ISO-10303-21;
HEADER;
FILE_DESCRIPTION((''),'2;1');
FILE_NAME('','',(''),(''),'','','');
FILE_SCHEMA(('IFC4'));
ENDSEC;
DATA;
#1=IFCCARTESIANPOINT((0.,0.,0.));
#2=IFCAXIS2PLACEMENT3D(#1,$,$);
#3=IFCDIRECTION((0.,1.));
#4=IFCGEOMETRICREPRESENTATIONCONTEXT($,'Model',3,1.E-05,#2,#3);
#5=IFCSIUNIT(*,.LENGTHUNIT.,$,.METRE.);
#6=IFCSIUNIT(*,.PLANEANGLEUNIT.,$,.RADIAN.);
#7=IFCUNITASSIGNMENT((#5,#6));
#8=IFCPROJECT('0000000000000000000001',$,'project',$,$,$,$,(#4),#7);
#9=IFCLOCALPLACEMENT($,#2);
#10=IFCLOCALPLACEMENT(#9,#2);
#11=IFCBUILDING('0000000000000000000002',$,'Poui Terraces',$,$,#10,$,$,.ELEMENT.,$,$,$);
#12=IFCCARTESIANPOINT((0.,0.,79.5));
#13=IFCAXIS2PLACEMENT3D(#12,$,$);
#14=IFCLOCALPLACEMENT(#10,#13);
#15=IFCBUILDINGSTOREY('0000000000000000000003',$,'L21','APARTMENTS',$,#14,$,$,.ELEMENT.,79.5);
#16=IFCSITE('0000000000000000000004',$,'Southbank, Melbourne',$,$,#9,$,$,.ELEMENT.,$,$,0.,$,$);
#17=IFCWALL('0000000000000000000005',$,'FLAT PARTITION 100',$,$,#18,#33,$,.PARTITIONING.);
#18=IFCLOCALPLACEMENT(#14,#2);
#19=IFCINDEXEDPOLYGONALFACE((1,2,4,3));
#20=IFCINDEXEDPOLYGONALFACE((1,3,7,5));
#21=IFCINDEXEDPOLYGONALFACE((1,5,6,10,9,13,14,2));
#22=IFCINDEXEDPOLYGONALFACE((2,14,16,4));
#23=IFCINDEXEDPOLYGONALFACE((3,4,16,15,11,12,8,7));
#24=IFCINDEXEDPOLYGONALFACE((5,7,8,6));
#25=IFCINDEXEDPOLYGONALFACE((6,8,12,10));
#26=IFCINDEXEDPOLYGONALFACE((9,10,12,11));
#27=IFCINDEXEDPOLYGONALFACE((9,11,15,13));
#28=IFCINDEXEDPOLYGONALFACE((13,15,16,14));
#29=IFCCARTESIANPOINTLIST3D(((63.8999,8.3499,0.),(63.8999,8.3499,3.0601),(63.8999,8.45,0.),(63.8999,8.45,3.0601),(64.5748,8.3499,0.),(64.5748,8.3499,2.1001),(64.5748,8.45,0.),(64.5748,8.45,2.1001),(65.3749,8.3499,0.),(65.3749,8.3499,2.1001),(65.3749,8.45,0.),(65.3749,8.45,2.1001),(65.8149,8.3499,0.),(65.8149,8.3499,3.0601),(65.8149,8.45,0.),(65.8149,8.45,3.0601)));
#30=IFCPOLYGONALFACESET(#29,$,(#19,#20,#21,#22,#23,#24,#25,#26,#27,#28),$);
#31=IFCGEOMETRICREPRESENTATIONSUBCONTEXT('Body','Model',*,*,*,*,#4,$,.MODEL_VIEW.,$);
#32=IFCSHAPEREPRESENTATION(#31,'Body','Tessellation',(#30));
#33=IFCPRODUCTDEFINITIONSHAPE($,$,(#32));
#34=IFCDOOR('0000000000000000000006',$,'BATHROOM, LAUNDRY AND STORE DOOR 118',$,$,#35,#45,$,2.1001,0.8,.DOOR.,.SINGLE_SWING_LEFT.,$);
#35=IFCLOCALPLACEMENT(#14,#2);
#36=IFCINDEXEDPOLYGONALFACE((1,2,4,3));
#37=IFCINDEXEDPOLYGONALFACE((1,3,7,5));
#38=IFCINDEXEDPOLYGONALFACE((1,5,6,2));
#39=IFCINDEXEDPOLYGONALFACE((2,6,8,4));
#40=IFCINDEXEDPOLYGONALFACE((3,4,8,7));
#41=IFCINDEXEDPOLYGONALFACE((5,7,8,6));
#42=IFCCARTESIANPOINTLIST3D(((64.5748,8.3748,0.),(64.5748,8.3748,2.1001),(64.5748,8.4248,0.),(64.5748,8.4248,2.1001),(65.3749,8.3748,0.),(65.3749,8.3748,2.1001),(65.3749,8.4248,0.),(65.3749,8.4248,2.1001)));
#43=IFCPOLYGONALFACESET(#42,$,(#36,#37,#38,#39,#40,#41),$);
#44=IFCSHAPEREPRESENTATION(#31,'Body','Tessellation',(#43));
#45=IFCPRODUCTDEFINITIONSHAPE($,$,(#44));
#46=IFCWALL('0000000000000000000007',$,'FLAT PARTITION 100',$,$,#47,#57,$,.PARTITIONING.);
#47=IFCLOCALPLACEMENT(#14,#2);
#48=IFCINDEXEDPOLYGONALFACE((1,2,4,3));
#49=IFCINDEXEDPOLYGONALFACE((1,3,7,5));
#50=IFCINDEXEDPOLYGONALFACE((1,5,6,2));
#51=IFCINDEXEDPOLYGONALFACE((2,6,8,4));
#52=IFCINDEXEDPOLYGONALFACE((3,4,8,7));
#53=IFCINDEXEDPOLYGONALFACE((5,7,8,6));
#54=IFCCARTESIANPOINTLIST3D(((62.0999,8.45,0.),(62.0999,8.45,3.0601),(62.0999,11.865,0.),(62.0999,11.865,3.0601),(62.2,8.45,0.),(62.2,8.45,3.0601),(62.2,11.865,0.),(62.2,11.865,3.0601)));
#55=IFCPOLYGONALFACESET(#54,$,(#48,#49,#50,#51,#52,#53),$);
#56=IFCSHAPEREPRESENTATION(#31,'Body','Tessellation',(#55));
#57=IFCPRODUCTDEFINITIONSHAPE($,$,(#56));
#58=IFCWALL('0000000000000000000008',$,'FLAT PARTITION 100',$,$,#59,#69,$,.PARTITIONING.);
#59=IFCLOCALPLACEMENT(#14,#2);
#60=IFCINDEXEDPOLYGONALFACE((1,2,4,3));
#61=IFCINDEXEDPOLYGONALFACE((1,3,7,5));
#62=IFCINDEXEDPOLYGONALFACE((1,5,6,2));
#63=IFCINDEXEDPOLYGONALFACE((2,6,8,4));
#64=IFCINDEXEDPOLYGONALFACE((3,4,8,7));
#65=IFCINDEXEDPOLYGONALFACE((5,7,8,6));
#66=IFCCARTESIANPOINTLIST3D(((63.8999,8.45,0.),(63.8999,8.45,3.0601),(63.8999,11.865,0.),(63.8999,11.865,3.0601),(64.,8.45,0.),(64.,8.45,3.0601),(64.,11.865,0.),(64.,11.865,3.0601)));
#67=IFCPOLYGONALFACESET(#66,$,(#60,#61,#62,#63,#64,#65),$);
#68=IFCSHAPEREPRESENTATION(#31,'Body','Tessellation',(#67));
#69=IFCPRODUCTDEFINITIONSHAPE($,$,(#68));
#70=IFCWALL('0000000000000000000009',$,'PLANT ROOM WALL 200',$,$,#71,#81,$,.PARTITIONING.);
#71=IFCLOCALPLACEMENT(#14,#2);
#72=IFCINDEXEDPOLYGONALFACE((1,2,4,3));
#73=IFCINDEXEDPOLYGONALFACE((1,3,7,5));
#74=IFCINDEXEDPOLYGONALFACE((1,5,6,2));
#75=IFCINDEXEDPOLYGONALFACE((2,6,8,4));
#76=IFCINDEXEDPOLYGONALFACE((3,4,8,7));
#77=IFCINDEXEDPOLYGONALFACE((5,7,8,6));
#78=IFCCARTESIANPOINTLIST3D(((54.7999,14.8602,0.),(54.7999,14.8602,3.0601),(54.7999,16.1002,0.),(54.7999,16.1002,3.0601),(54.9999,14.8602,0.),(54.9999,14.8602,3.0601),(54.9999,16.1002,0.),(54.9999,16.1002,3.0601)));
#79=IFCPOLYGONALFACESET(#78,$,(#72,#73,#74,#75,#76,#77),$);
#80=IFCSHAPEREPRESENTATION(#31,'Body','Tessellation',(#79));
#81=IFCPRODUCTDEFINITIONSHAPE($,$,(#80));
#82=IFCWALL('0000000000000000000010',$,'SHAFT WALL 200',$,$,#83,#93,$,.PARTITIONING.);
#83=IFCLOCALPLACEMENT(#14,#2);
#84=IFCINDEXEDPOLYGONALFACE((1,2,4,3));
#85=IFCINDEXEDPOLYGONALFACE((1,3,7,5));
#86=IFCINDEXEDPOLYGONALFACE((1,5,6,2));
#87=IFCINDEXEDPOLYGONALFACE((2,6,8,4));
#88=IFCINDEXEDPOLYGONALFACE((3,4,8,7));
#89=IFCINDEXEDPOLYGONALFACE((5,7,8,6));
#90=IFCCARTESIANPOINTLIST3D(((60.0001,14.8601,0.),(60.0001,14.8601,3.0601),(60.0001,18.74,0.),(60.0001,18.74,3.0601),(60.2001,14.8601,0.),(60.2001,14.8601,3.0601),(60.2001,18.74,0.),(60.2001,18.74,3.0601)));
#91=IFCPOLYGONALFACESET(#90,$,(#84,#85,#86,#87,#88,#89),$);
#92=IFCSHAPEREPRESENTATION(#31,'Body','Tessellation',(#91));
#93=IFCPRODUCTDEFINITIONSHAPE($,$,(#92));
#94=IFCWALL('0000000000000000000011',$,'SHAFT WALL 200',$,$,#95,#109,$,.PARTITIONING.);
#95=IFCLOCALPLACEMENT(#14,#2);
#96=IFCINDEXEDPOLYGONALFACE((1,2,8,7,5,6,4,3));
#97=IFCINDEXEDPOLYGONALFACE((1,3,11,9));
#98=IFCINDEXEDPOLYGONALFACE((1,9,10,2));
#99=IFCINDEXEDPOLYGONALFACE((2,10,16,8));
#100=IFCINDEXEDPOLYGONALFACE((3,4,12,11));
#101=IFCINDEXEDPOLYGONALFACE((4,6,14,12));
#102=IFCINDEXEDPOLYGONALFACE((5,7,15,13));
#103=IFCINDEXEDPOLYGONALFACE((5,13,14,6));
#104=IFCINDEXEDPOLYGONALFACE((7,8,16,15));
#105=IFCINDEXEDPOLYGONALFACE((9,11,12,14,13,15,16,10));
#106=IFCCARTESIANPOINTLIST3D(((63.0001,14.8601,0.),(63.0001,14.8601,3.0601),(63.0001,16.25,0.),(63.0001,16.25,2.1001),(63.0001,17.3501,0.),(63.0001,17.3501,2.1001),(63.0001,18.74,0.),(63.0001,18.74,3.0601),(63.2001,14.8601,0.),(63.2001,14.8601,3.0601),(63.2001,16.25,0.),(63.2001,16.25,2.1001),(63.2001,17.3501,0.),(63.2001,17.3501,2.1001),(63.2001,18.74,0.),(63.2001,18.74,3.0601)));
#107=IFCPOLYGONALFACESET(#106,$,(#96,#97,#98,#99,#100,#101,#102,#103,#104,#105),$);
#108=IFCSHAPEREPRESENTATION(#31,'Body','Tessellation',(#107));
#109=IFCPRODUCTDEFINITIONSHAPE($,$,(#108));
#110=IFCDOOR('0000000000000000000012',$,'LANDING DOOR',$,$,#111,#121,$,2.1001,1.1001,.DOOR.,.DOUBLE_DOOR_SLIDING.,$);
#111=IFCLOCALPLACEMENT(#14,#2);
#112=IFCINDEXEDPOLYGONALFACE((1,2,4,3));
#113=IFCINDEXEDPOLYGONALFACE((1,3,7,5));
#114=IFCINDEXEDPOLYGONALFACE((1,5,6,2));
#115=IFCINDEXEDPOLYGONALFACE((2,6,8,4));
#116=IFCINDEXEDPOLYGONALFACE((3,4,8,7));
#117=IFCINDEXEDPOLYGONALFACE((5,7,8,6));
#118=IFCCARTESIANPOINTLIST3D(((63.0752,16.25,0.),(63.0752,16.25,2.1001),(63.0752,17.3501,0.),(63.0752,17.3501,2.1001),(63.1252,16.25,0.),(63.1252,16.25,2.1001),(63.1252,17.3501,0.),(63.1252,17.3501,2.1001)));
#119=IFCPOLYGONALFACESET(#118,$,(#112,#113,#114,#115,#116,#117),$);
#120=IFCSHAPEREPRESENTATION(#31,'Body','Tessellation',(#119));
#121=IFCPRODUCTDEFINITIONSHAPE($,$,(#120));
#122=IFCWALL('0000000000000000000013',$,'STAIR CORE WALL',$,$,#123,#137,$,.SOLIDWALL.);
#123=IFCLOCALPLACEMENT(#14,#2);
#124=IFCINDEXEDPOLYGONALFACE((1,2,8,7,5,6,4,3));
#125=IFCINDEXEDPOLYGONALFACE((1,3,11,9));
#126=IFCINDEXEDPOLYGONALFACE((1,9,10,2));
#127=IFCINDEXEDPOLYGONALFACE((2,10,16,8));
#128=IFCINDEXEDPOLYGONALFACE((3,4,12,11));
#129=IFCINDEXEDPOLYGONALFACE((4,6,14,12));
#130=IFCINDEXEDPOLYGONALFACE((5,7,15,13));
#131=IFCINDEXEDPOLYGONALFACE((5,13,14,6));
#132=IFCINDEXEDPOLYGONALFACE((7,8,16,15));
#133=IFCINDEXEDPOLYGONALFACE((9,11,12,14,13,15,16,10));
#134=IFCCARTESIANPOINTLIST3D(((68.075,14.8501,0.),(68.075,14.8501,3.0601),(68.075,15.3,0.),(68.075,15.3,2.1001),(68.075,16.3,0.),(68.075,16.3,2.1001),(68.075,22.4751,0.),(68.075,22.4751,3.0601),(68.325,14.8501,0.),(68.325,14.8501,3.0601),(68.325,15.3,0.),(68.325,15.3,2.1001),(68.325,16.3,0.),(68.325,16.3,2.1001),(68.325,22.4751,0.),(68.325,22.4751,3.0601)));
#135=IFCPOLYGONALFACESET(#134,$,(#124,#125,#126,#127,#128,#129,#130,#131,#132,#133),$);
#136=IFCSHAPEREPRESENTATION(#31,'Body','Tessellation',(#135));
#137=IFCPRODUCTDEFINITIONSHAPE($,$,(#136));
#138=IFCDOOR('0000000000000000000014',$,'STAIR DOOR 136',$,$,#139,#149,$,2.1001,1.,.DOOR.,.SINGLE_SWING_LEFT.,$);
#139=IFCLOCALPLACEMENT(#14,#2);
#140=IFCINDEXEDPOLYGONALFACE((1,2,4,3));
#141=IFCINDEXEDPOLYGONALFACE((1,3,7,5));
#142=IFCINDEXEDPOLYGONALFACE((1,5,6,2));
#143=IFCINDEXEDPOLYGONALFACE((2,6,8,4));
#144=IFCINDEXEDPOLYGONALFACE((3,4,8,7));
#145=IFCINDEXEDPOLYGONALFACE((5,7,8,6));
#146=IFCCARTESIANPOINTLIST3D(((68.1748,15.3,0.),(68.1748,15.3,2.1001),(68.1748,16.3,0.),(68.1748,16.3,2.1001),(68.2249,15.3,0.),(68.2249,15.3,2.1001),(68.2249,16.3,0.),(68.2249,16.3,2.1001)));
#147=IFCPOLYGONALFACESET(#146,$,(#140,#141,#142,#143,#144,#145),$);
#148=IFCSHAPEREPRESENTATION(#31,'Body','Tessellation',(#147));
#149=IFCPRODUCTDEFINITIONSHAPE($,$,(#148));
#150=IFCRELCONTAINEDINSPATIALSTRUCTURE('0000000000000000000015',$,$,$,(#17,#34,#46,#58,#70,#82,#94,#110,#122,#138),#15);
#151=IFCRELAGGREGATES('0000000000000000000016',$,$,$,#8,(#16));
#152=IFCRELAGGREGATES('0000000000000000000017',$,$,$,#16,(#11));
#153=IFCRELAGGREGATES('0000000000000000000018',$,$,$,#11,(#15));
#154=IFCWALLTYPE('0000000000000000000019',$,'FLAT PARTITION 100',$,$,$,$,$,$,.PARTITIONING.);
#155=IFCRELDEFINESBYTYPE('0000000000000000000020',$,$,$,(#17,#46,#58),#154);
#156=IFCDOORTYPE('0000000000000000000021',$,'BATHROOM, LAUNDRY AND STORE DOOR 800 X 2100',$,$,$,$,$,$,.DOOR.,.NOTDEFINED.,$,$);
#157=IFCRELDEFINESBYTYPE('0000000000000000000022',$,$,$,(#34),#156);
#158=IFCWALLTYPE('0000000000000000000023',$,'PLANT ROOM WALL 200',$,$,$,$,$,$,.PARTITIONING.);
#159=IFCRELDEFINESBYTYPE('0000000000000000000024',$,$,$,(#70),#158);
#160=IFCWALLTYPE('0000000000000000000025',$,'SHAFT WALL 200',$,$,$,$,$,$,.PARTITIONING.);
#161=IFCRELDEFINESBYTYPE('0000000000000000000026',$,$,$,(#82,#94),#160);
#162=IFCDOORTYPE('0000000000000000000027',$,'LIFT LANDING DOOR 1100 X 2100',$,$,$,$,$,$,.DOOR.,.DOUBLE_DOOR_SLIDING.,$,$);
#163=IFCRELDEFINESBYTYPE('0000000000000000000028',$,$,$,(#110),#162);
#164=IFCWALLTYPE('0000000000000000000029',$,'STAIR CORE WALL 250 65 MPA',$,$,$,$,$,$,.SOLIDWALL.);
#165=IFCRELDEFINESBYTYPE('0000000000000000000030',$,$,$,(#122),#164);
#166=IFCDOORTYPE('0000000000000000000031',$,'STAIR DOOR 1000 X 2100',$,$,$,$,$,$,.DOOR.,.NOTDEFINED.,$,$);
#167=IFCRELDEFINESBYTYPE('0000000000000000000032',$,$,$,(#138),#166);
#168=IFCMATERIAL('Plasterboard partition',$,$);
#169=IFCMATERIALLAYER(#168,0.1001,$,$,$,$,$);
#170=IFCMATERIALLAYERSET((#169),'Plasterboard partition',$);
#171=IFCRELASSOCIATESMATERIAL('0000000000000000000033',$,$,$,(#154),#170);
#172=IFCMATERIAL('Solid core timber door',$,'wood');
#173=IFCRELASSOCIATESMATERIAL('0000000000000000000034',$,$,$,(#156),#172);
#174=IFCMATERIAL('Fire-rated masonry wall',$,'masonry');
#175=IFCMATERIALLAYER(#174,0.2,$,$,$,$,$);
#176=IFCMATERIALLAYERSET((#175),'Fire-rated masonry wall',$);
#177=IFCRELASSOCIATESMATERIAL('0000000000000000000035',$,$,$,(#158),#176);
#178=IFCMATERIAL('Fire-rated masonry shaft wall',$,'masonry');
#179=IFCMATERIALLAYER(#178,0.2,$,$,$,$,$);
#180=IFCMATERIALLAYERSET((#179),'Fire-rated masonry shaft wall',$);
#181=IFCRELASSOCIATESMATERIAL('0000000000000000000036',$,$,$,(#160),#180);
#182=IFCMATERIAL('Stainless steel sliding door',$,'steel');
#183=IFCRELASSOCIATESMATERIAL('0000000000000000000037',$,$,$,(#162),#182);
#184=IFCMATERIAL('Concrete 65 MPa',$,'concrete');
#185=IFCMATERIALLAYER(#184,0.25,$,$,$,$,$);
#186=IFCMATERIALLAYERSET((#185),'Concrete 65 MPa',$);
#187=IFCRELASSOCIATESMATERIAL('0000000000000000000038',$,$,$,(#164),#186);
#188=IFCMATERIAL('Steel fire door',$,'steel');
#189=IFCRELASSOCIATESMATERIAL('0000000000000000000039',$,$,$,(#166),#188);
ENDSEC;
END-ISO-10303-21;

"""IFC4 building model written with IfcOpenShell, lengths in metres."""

from ifc_helpers import new_model, si_unit, direction, frame, frame_2d, origin, place, context, subcontext, project, spatial, rectangle, extrude, material, layer, layer_set, type_object, element, fill, save


model = new_model("IFC4")

# Units and contexts
model_context = context("Model", 3, precision=1e-05, world=origin(), true_north=direction((0.0, 1.0)))
body_context = subcontext(model_context, "Body", "Model", "MODEL_VIEW")
ifc_project = project(units=[si_unit("LENGTHUNIT", "METRE"), si_unit("PLANEANGLEUNIT", "RADIAN")], contexts=[model_context])

# Site, building, storey
site_placement = place(None, origin())
site = spatial("IfcSite", under=ifc_project, at=site_placement, Name="Southbank, Melbourne", CompositionType="ELEMENT", RefElevation=0.0)
building_placement = place(site_placement, origin())
building = spatial("IfcBuilding", under=site, at=building_placement, Name="Poui Terraces", CompositionType="ELEMENT")
storey_placement = place(building_placement, frame((0.0, 0.0, 79.5)))
storey = spatial("IfcBuildingStorey", under=building, at=storey_placement, Name="L21", Description="APARTMENTS", CompositionType="ELEMENT", Elevation=79.5)

# Shared definitions
ifc_material_1 = material(Name="Concrete 65 MPa", Category="concrete")

# Wall, opening, door
ifc_material_2 = material(Name="Steel fire door", Category="steel")
ifc_material_3 = material(Name="Plasterboard partition")
ifc_layer_1 = layer(ifc_material_3, 0.1001)
ifc_layer_set_1 = layer_set([ifc_layer_1], Name="Plasterboard partition")
wall_type_1 = type_object("IfcWallType", Name="FLAT PARTITION 100", PredefinedType="PARTITIONING", material=ifc_layer_set_1)
ifc_material_4 = material(Name="Solid core timber door", Category="wood")
door_type_1 = type_object("IfcDoorType", Name="BATHROOM, LAUNDRY AND STORE DOOR 800 X 2100", OperationType="NOTDEFINED", PredefinedType="DOOR", material=ifc_material_4)
wall_1_placement = place(storey_placement, frame((63.8999, 8.3999, 0.0), z_axis=(0.0, 0.0, 1.0), x_axis=(1.0, 0.0, 0.0)))
wall_1 = element("IfcWall", 1, at=wall_1_placement, inside=storey, type_object=wall_type_1, Name="FLAT PARTITION 100", PredefinedType="PARTITIONING", context=body_context, shape_type="SweptSolid", body=[
    extrude(rectangle(XDim=1.915, YDim=0.1001, at=frame_2d((0.9575, 0.0))), origin(), (0.0, 0.0, 1.0), 3.0601),
])
opening_1_placement = place(wall_1_placement, frame((0.675, 0.0, 0.0)))
opening_1 = element("IfcOpeningElement", 2, at=opening_1_placement, cuts=wall_1, PredefinedType="OPENING", context=body_context, shape_type="SweptSolid", body=[
    extrude(rectangle(XDim=0.8, YDim=2.1001, at=frame_2d((0.3999, 1.05))), frame((0.0, 0.0601, 0.0), z_axis=(0.0, -1.0, 0.0), x_axis=(1.0, 0.0, 0.0)), (0.0, 0.0, 1.0), 0.1201),
])
door_1_placement = place(opening_1_placement, origin())
door_1 = element("IfcDoor", 3, at=door_1_placement, inside=storey, type_object=door_type_1, Name="BATHROOM, LAUNDRY AND STORE DOOR 118", OperationType="SINGLE_SWING_LEFT", OverallHeight=2.1001, OverallWidth=0.8, PredefinedType="DOOR", context=body_context, shape_type="SweptSolid", body=[
    extrude(rectangle(XDim=0.8, YDim=2.1001, at=frame_2d((0.3999, 1.05))), frame((0.0, 0.0249, 0.0), z_axis=(0.0, -1.0, 0.0), x_axis=(1.0, 0.0, 0.0)), (0.0, 0.0, 1.0), 0.05),
])
fill(opening_1, door_1)

# Walls
for number, where, z_axis, x_axis, name in (
    (4, (62.1499, 8.45, 0.0), (0.0, 0.0, 1.0), (0.0, 1.0, 0.0), "FLAT PARTITION 100"),
    (5, (63.95, 8.45, 0.0), (0.0, 0.0, 1.0), (0.0, 1.0, 0.0), "FLAT PARTITION 100"),
):
    element("IfcWall", number, at=place(storey_placement, frame(where, z_axis=z_axis, x_axis=x_axis)), inside=storey, type_object=wall_type_1, Name=name, PredefinedType="PARTITIONING", context=body_context, shape_type="SweptSolid", body=[
        extrude(rectangle(XDim=3.415, YDim=0.1001, at=frame_2d((1.7075, 0.0))), origin(), (0.0, 0.0, 1.0), 3.0601),
    ])
ifc_material_5 = material(Name="Fire-rated masonry wall", Category="masonry")
ifc_layer_2 = layer(ifc_material_5, 0.2)
ifc_layer_set_2 = layer_set([ifc_layer_2], Name="Fire-rated masonry wall")
wall_type_2 = type_object("IfcWallType", Name="PLANT ROOM WALL 200", PredefinedType="PARTITIONING", material=ifc_layer_set_2)
wall_2_placement = place(storey_placement, frame((54.8999, 14.8601, 0.0), z_axis=(0.0, 0.0, 1.0), x_axis=(0.0, 1.0, 0.0)))
element("IfcWall", 6, at=wall_2_placement, inside=storey, type_object=wall_type_2, Name="PLANT ROOM WALL 200", PredefinedType="PARTITIONING", context=body_context, shape_type="SweptSolid", body=[
    extrude(rectangle(XDim=1.24, YDim=0.2, at=frame_2d((0.6201, 0.0))), origin(), (0.0, 0.0, 1.0), 3.0601),
])
ifc_material_6 = material(Name="Fire-rated masonry shaft wall", Category="masonry")
ifc_layer_3 = layer(ifc_material_6, 0.2)
ifc_layer_set_3 = layer_set([ifc_layer_3], Name="Fire-rated masonry shaft wall")
wall_type_3 = type_object("IfcWallType", Name="SHAFT WALL 200", PredefinedType="PARTITIONING", material=ifc_layer_set_3)
wall_3_placement = place(storey_placement, frame((60.1001, 14.8601, 0.0), z_axis=(0.0, 0.0, 1.0), x_axis=(0.0, 1.0, 0.0)))
element("IfcWall", 7, at=wall_3_placement, inside=storey, type_object=wall_type_3, Name="SHAFT WALL 200", PredefinedType="PARTITIONING", context=body_context, shape_type="SweptSolid", body=[
    extrude(rectangle(XDim=3.8799, YDim=0.2, at=frame_2d((1.9399, 0.0))), origin(), (0.0, 0.0, 1.0), 3.0601),
])

# Walls, openings, doors
wall_4_placement = place(storey_placement, frame((63.1001, 14.8601, 0.0), z_axis=(0.0, 0.0, 1.0), x_axis=(0.0, 1.0, 0.0)))
wall_4 = element("IfcWall", 8, at=wall_4_placement, inside=storey, type_object=wall_type_3, Name="SHAFT WALL 200", PredefinedType="PARTITIONING", context=body_context, shape_type="SweptSolid", body=[
    extrude(rectangle(XDim=3.8799, YDim=0.2, at=frame_2d((1.9399, 0.0))), origin(), (0.0, 0.0, 1.0), 3.0601),
])
opening_2_placement = place(wall_4_placement, frame((1.3899, 0.0, 0.0)))
opening_2 = element("IfcOpeningElement", 9, at=opening_2_placement, cuts=wall_4, PredefinedType="OPENING", context=body_context, shape_type="SweptSolid", body=[
    extrude(rectangle(XDim=1.1001, YDim=2.1001, at=frame_2d((0.55, 1.05))), frame((0.0, 0.1099, 0.0), z_axis=(0.0, -1.0, 0.0), x_axis=(1.0, 0.0, 0.0)), (0.0, 0.0, 1.0), 0.22),
])
ifc_material_7 = material(Name="Stainless steel sliding door", Category="steel")
door_type_2 = type_object("IfcDoorType", Name="LIFT LANDING DOOR 1100 X 2100", OperationType="DOUBLE_DOOR_SLIDING", PredefinedType="DOOR", material=ifc_material_7)
door_2_placement = place(opening_2_placement, origin())
door_2 = element("IfcDoor", 10, at=door_2_placement, inside=storey, type_object=door_type_2, Name="LANDING DOOR", OperationType="DOUBLE_DOOR_SLIDING", OverallHeight=2.1001, OverallWidth=1.1001, PredefinedType="DOOR", context=body_context, shape_type="SweptSolid", body=[
    extrude(rectangle(XDim=1.1001, YDim=2.1001, at=frame_2d((0.55, 1.05))), frame((0.0, 0.0249, 0.0), z_axis=(0.0, -1.0, 0.0), x_axis=(1.0, 0.0, 0.0)), (0.0, 0.0, 1.0), 0.05),
])
fill(opening_2, door_2)
ifc_layer_4 = layer(ifc_material_1, 0.25)
ifc_layer_set_4 = layer_set([ifc_layer_4], Name="Concrete 65 MPa")
wall_type_4 = type_object("IfcWallType", Name="STAIR CORE WALL 250 65 MPA", PredefinedType="SOLIDWALL", material=ifc_layer_set_4)
wall_5_placement = place(storey_placement, frame((68.2, 14.8501, 0.0), z_axis=(0.0, 0.0, 1.0), x_axis=(0.0, 1.0, 0.0)))
wall_5 = element("IfcWall", 11, at=wall_5_placement, inside=storey, type_object=wall_type_4, Name="STAIR CORE WALL", PredefinedType="SOLIDWALL", context=body_context, shape_type="SweptSolid", body=[
    extrude(rectangle(XDim=7.625, YDim=0.25, at=frame_2d((3.8125, 0.0))), origin(), (0.0, 0.0, 1.0), 3.0601),
])
opening_3_placement = place(wall_5_placement, frame((0.45, 0.0, 0.0)))
opening_3 = element("IfcOpeningElement", 12, at=opening_3_placement, cuts=wall_5, PredefinedType="OPENING", context=body_context, shape_type="SweptSolid", body=[
    extrude(rectangle(XDim=1.0, YDim=2.1001, at=frame_2d((0.5, 1.05))), frame((0.0, 0.135, 0.0), z_axis=(0.0, -1.0, 0.0), x_axis=(1.0, 0.0, 0.0)), (0.0, 0.0, 1.0), 0.27),
])
door_type_3 = type_object("IfcDoorType", Name="STAIR DOOR 1000 X 2100", OperationType="NOTDEFINED", PredefinedType="DOOR", material=ifc_material_2)
door_3_placement = place(opening_3_placement, frame((1.0, 0.0, 0.0), z_axis=(0.0, 0.0, 1.0), x_axis=(-1.0, 0.0, 0.0)))
door_3 = element("IfcDoor", 13, at=door_3_placement, inside=storey, type_object=door_type_3, Name="STAIR DOOR 136", OperationType="SINGLE_SWING_LEFT", OverallHeight=2.1001, OverallWidth=1.0, PredefinedType="DOOR", context=body_context, shape_type="SweptSolid", body=[
    extrude(rectangle(XDim=1.0, YDim=2.1001, at=frame_2d((0.5, 1.05))), frame((0.0, 0.0249, 0.0), z_axis=(0.0, -1.0, 0.0), x_axis=(1.0, 0.0, 0.0)), (0.0, 0.0, 1.0), 0.05),
])
fill(opening_3, door_3)

save(model, "model.ifc")
